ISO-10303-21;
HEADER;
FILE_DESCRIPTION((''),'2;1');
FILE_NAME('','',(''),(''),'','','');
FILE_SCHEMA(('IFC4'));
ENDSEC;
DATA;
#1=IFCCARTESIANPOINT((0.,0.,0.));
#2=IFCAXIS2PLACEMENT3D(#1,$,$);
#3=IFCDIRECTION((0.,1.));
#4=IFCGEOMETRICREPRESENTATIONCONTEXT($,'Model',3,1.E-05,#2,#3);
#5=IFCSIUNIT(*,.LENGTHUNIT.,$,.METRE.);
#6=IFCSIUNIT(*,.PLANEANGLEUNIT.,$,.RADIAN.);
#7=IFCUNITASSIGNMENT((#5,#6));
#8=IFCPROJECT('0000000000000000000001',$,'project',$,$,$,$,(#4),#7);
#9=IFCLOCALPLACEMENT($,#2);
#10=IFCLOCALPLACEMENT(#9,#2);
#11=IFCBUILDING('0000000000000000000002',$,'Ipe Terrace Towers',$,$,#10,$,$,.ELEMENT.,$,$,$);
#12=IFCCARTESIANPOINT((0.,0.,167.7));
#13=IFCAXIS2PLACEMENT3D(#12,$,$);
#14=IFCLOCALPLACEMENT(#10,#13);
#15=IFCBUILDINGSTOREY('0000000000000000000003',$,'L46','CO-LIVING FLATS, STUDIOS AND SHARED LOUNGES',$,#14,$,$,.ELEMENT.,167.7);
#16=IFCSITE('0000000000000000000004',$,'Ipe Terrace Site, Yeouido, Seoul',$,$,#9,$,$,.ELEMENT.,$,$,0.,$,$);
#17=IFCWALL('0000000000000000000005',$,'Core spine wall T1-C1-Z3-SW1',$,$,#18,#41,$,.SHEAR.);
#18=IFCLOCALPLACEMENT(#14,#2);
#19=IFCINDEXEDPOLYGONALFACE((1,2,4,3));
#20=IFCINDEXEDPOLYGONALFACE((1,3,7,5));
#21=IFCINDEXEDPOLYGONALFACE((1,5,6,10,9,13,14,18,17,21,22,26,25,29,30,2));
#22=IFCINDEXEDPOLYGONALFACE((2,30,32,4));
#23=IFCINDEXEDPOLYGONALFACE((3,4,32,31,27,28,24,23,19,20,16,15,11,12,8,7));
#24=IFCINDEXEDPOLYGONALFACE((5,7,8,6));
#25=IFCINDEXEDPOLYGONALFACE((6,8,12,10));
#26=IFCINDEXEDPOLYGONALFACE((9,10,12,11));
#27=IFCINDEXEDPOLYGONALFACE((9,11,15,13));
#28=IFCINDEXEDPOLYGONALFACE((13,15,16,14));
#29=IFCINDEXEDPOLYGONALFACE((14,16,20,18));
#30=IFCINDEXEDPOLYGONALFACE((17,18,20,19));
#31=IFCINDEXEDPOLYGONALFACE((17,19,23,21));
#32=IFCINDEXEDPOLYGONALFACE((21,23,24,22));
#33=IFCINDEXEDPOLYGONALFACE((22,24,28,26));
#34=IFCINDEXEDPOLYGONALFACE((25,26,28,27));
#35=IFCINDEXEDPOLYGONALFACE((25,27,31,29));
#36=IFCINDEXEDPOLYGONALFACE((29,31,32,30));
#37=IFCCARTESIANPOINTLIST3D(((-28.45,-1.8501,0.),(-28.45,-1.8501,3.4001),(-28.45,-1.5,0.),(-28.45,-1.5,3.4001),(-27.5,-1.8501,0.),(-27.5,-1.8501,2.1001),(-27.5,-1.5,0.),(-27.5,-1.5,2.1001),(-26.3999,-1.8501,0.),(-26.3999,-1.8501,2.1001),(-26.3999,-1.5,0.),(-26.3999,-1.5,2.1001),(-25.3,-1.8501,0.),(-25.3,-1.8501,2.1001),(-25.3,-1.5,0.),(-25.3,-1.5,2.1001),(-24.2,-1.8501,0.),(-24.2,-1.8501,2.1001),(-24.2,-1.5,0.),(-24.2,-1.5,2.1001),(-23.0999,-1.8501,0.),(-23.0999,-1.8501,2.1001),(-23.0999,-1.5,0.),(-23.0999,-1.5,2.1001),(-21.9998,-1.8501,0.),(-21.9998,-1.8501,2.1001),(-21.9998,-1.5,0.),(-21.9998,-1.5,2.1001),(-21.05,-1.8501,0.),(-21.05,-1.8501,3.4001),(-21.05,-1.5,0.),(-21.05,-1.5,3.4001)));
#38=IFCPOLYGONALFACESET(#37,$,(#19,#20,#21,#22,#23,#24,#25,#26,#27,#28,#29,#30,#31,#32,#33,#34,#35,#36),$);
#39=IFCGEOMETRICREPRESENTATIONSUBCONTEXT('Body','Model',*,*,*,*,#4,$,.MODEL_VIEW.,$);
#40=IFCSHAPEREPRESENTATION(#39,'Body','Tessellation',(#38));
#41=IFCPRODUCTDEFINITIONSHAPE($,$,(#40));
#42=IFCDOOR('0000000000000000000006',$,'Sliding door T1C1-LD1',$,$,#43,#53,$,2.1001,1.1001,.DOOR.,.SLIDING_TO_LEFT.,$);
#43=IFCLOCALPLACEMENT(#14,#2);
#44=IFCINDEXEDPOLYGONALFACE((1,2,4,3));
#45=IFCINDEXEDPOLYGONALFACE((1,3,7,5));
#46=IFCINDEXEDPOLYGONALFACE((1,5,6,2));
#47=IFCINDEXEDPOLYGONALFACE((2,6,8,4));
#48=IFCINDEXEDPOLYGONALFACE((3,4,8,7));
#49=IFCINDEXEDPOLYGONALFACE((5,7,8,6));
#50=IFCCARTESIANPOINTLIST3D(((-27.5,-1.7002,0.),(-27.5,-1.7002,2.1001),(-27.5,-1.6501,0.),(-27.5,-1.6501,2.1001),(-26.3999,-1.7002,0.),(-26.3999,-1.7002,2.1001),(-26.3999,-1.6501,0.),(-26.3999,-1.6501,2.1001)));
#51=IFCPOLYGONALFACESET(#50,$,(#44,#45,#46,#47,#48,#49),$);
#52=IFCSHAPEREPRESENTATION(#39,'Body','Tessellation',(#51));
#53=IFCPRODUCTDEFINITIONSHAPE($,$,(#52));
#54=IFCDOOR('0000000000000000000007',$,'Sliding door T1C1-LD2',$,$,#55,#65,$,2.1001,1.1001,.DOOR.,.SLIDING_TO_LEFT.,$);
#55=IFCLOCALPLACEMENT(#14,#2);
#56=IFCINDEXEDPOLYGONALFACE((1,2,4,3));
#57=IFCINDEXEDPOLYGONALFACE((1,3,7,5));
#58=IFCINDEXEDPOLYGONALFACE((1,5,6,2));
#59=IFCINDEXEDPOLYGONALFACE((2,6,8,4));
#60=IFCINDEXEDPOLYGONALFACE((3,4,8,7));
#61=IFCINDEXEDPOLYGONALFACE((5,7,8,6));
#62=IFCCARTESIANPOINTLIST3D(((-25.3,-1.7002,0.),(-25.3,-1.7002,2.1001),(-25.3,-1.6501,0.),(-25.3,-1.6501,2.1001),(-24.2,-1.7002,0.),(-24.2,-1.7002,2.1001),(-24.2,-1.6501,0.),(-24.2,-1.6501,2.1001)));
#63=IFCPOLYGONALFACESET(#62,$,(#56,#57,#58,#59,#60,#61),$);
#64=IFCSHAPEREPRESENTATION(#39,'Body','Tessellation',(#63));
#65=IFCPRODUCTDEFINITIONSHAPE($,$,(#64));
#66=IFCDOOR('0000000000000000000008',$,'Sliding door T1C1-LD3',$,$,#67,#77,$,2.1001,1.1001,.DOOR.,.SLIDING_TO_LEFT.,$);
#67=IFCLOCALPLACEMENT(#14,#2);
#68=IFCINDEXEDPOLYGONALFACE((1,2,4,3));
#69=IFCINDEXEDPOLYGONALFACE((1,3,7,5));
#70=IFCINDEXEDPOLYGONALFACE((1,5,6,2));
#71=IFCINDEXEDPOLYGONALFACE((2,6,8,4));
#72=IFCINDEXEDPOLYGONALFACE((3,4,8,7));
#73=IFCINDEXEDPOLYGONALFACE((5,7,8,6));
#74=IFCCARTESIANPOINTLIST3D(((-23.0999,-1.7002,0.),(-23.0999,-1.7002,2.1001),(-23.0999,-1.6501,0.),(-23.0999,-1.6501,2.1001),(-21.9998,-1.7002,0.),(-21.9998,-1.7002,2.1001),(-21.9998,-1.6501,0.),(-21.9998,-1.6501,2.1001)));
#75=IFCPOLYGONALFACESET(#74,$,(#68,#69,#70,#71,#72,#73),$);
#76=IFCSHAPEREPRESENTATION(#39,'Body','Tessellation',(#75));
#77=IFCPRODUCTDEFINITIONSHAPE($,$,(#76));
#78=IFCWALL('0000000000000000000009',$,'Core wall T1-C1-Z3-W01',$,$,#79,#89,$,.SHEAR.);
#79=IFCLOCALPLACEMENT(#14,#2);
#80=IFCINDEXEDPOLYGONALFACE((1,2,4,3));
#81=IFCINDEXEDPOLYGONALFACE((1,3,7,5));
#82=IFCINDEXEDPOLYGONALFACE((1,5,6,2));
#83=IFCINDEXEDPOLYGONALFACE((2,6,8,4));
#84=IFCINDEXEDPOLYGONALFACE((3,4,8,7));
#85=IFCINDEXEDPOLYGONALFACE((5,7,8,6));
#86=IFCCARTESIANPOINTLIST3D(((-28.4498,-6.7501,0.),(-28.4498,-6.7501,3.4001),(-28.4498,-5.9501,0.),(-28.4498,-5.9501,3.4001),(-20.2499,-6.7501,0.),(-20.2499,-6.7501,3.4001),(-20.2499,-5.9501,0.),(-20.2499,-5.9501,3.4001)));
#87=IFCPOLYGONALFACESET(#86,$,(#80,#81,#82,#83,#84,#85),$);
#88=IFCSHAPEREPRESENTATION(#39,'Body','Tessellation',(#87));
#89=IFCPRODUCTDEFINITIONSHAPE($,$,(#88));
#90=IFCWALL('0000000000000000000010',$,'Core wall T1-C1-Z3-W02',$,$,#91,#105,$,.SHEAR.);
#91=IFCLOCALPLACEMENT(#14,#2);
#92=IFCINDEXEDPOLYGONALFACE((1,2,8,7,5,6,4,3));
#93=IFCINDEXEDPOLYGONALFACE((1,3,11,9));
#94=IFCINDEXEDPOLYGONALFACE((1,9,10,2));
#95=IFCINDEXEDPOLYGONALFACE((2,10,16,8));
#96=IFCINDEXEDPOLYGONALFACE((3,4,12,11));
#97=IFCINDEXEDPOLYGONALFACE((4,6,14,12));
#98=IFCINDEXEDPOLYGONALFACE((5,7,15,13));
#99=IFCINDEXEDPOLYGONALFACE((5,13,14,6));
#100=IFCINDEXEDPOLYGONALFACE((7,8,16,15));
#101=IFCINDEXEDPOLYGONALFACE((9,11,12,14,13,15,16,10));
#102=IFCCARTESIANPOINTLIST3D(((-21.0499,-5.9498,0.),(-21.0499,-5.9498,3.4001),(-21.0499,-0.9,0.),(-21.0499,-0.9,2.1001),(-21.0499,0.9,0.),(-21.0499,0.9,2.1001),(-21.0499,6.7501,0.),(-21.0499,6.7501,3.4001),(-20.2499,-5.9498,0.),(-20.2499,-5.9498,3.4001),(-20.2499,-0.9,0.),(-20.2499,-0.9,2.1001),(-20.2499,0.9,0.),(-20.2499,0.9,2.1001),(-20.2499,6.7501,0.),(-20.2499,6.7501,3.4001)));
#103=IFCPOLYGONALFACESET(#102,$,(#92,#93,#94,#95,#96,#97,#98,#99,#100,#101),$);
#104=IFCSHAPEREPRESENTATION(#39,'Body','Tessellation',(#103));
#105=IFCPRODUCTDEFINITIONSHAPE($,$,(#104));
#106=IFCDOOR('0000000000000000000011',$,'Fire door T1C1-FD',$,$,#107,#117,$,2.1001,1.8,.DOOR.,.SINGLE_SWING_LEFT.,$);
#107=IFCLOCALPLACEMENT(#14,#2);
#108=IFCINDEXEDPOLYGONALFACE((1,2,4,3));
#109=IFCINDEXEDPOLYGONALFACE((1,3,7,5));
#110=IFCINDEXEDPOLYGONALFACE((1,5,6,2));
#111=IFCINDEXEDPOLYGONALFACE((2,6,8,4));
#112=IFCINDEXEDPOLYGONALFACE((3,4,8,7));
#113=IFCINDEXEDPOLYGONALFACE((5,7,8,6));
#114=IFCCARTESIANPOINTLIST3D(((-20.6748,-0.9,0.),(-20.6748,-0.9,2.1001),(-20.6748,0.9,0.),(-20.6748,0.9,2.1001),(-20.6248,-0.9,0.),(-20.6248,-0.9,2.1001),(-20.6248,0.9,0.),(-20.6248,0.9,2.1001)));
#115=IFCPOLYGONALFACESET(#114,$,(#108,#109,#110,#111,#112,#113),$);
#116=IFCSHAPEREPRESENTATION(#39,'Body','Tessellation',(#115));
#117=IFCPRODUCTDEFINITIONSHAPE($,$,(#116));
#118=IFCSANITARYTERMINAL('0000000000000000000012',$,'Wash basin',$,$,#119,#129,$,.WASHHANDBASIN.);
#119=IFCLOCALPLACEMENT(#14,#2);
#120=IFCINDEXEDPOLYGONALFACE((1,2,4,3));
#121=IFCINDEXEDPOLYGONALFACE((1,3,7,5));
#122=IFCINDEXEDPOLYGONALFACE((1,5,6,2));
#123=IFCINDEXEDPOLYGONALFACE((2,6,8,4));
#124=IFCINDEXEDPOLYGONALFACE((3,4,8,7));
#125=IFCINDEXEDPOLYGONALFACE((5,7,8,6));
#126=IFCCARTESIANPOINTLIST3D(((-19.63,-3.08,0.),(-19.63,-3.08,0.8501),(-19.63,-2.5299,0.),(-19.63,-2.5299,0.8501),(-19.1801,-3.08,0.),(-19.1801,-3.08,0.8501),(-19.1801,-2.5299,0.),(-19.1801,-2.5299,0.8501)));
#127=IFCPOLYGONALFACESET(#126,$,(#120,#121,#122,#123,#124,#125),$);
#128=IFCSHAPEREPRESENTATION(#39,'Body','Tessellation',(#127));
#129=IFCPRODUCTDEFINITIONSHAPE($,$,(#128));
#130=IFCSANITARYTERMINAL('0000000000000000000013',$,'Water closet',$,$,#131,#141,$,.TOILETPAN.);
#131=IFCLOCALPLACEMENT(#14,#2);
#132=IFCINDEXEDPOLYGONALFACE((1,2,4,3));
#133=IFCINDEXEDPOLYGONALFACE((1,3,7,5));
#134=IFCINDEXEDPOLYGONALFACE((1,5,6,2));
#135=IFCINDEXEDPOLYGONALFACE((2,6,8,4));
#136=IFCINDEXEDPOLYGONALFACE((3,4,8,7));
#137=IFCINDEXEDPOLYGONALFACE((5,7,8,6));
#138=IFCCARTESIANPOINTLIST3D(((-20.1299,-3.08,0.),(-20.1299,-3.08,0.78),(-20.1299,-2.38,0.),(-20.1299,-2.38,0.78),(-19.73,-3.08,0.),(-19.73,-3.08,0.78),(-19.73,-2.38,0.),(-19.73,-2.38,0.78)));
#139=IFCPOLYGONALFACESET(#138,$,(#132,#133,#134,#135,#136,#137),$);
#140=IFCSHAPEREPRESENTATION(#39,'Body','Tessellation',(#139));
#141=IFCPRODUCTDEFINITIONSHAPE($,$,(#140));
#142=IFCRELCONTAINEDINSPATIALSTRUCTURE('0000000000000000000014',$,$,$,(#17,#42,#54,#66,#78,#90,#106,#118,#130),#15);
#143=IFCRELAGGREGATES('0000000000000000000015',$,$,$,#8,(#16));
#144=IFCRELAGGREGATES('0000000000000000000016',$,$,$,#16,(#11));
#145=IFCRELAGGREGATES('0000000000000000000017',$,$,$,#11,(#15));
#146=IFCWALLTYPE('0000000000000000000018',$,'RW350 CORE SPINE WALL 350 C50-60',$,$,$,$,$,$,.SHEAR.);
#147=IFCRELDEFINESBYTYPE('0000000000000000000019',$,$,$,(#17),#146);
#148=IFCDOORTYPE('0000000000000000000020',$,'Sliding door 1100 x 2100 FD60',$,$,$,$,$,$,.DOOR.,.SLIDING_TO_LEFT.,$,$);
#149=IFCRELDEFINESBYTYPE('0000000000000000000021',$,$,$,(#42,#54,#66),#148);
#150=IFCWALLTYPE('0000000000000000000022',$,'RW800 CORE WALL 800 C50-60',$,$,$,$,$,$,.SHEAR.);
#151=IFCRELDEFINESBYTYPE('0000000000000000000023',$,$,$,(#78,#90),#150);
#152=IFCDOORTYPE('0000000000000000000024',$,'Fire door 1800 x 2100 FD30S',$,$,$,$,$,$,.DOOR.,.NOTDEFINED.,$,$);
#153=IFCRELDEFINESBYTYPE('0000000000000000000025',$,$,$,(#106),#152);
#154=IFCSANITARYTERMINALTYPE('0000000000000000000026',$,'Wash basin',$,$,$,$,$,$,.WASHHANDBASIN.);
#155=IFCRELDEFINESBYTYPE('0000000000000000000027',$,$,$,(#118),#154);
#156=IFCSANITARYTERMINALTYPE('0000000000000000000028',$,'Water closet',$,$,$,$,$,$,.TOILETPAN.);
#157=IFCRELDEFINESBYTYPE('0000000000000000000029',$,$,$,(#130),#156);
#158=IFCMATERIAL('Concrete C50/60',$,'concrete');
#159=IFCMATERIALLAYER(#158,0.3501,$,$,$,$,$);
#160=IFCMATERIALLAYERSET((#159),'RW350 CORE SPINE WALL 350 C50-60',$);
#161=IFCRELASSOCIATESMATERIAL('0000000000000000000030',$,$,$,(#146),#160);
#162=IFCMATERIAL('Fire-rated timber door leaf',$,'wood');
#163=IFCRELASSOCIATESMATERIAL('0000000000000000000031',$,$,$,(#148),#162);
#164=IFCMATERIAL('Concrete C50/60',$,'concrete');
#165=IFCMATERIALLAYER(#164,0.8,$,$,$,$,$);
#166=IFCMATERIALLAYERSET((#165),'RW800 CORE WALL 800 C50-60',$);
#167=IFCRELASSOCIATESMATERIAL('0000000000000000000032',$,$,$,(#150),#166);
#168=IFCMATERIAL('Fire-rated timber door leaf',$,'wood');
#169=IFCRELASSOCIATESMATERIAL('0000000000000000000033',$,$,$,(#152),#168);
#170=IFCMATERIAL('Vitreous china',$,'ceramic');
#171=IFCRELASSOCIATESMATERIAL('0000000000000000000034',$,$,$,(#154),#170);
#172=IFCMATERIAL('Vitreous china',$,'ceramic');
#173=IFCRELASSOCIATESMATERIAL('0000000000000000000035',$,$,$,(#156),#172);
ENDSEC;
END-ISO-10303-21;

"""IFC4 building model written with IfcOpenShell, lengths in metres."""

from ifc_helpers import new_model, si_unit, direction, frame, frame_2d, origin, origin_2d, place, context, subcontext, project, spatial, rectangle, extrude, material, layer, layer_set, type_object, element, fill, save


model = new_model("IFC4")

# Units and contexts
model_context = context("Model", 3, precision=1e-05, world=origin(), true_north=direction((0.0, 1.0)))
body_context = subcontext(model_context, "Body", "Model", "MODEL_VIEW")
ifc_project = project(units=[si_unit("LENGTHUNIT", "METRE"), si_unit("PLANEANGLEUNIT", "RADIAN")], contexts=[model_context])

# Site, building, storey
site_placement = place(None, origin())
site = spatial("IfcSite", under=ifc_project, at=site_placement, Name="Ipe Terrace Site, Yeouido, Seoul", CompositionType="ELEMENT", RefElevation=0.0)
building_placement = place(site_placement, origin())
building = spatial("IfcBuilding", under=site, at=building_placement, Name="Ipe Terrace Towers", CompositionType="ELEMENT")
storey_placement = place(building_placement, frame((0.0, 0.0, 167.7)))
storey = spatial("IfcBuildingStorey", under=building, at=storey_placement, Name="L46", Description="CO-LIVING FLATS, STUDIOS AND SHARED LOUNGES", CompositionType="ELEMENT", Elevation=167.7)

# Wall, openings, doors
ifc_material_1 = material(Name="Concrete C50/60", Category="concrete")
ifc_layer_1 = layer(ifc_material_1, 0.3501)
ifc_layer_set_1 = layer_set([ifc_layer_1], Name="RW350 CORE SPINE WALL 350 C50-60")
wall_type_1 = type_object("IfcWallType", Name="RW350 CORE SPINE WALL 350 C50-60", PredefinedType="SHEAR", material=ifc_layer_set_1)
wall_1_placement = place(storey_placement, frame((-28.45, -1.675, 0.0), z_axis=(0.0, 0.0, 1.0), x_axis=(1.0, 0.0, 0.0)))
wall_1 = element("IfcWall", 1, at=wall_1_placement, inside=storey, type_object=wall_type_1, Name="Core spine wall T1-C1-Z3-SW1", PredefinedType="SHEAR", context=body_context, shape_type="SweptSolid", body=[
    extrude(rectangle(XDim=7.3999, YDim=0.3501, at=frame_2d((3.7, 0.0))), origin(), (0.0, 0.0, 1.0), 3.4001),
])
opening_1_placement = place(wall_1_placement, frame((0.95, 0.0, 0.0)))
opening_1 = element("IfcOpeningElement", 2, at=opening_1_placement, cuts=wall_1, PredefinedType="OPENING", context=body_context, shape_type="SweptSolid", body=[
    extrude(rectangle(XDim=1.1001, YDim=2.1001, at=frame_2d((0.55, 1.05))), frame((0.0, 0.1851, 0.0), z_axis=(0.0, -1.0, 0.0), x_axis=(1.0, 0.0, 0.0)), (0.0, 0.0, 1.0), 0.3701),
])
opening_2_placement = place(wall_1_placement, frame((3.1499, 0.0, 0.0)))
opening_2 = element("IfcOpeningElement", 3, at=opening_2_placement, cuts=wall_1, PredefinedType="OPENING", context=body_context, shape_type="SweptSolid", body=[
    extrude(rectangle(XDim=1.1001, YDim=2.1001, at=frame_2d((0.55, 1.05))), frame((0.0, 0.1851, 0.0), z_axis=(0.0, -1.0, 0.0), x_axis=(1.0, 0.0, 0.0)), (0.0, 0.0, 1.0), 0.3701),
])
opening_3_placement = place(wall_1_placement, frame((5.3501, 0.0, 0.0)))
opening_3 = element("IfcOpeningElement", 4, at=opening_3_placement, cuts=wall_1, PredefinedType="OPENING", context=body_context, shape_type="SweptSolid", body=[
    extrude(rectangle(XDim=1.1001, YDim=2.1001, at=frame_2d((0.55, 1.05))), frame((0.0, 0.1851, 0.0), z_axis=(0.0, -1.0, 0.0), x_axis=(1.0, 0.0, 0.0)), (0.0, 0.0, 1.0), 0.3701),
])
ifc_material_2 = material(Name="Fire-rated timber door leaf", Category="wood")
door_type_1 = type_object("IfcDoorType", Name="Sliding door 1100 x 2100 FD60", OperationType="SLIDING_TO_LEFT", PredefinedType="DOOR", material=ifc_material_2)
door_1_placement = place(opening_1_placement, origin())
door_1 = element("IfcDoor", 5, at=door_1_placement, inside=storey, type_object=door_type_1, Name="Sliding door T1C1-LD1", OperationType="SLIDING_TO_LEFT", OverallHeight=2.1001, OverallWidth=1.1001, PredefinedType="DOOR", context=body_context, shape_type="SweptSolid", body=[
    extrude(rectangle(XDim=1.1001, YDim=2.1001, at=frame_2d((0.55, 1.05))), frame((0.0, 0.0249, 0.0), z_axis=(0.0, -1.0, 0.0), x_axis=(1.0, 0.0, 0.0)), (0.0, 0.0, 1.0), 0.05),
])
fill(opening_1, door_1)
door_2_placement = place(opening_2_placement, origin())
door_2 = element("IfcDoor", 6, at=door_2_placement, inside=storey, type_object=door_type_1, Name="Sliding door T1C1-LD2", OperationType="SLIDING_TO_LEFT", OverallHeight=2.1001, OverallWidth=1.1001, PredefinedType="DOOR", context=body_context, shape_type="SweptSolid", body=[
    extrude(rectangle(XDim=1.1001, YDim=2.1001, at=frame_2d((0.55, 1.05))), frame((0.0, 0.0249, 0.0), z_axis=(0.0, -1.0, 0.0), x_axis=(1.0, 0.0, 0.0)), (0.0, 0.0, 1.0), 0.05),
])
fill(opening_2, door_2)
door_3_placement = place(opening_3_placement, origin())
door_3 = element("IfcDoor", 7, at=door_3_placement, inside=storey, type_object=door_type_1, Name="Sliding door T1C1-LD3", OperationType="SLIDING_TO_LEFT", OverallHeight=2.1001, OverallWidth=1.1001, PredefinedType="DOOR", context=body_context, shape_type="SweptSolid", body=[
    extrude(rectangle(XDim=1.1001, YDim=2.1001, at=frame_2d((0.55, 1.05))), frame((0.0, 0.0249, 0.0), z_axis=(0.0, -1.0, 0.0), x_axis=(1.0, 0.0, 0.0)), (0.0, 0.0, 1.0), 0.05),
])
fill(opening_3, door_3)

# Wall
ifc_material_3 = material(Name="Concrete C50/60", Category="concrete")
ifc_layer_2 = layer(ifc_material_3, 0.8)
ifc_layer_set_2 = layer_set([ifc_layer_2], Name="RW800 CORE WALL 800 C50-60")
wall_type_2 = type_object("IfcWallType", Name="RW800 CORE WALL 800 C50-60", PredefinedType="SHEAR", material=ifc_layer_set_2)
wall_2_placement = place(storey_placement, frame((-28.45, -6.3501, 0.0), z_axis=(0.0, 0.0, 1.0), x_axis=(1.0, 0.0, 0.0)))
element("IfcWall", 8, at=wall_2_placement, inside=storey, type_object=wall_type_2, Name="Core wall T1-C1-Z3-W01", PredefinedType="SHEAR", context=body_context, shape_type="SweptSolid", body=[
    extrude(rectangle(XDim=8.2, YDim=0.8, at=frame_2d((4.1001, 0.0))), origin(), (0.0, 0.0, 1.0), 3.4001),
])

# Wall, opening, door
wall_3_placement = place(storey_placement, frame((-20.6499, -5.95, 0.0), z_axis=(0.0, 0.0, 1.0), x_axis=(0.0, 1.0, 0.0)))
wall_3 = element("IfcWall", 9, at=wall_3_placement, inside=storey, type_object=wall_type_2, Name="Core wall T1-C1-Z3-W02", PredefinedType="SHEAR", context=body_context, shape_type="SweptSolid", body=[
    extrude(rectangle(XDim=12.7, YDim=0.8, at=frame_2d((6.3501, 0.0))), origin(), (0.0, 0.0, 1.0), 3.4001),
])
opening_4_placement = place(wall_3_placement, frame((5.05, 0.0, 0.0)))
opening_4 = element("IfcOpeningElement", 10, at=opening_4_placement, cuts=wall_3, PredefinedType="OPENING", context=body_context, shape_type="SweptSolid", body=[
    extrude(rectangle(XDim=1.8, YDim=2.1001, at=frame_2d((0.8999, 1.05))), frame((0.0, 0.4102, 0.0), z_axis=(0.0, -1.0, 0.0), x_axis=(1.0, 0.0, 0.0)), (0.0, 0.0, 1.0), 0.8201),
])
ifc_material_4 = material(Name="Fire-rated timber door leaf", Category="wood")
door_type_2 = type_object("IfcDoorType", Name="Fire door 1800 x 2100 FD30S", OperationType="NOTDEFINED", PredefinedType="DOOR", material=ifc_material_4)
door_4_placement = place(opening_4_placement, origin())
door_4 = element("IfcDoor", 11, at=door_4_placement, inside=storey, type_object=door_type_2, Name="Fire door T1C1-FD", OperationType="SINGLE_SWING_LEFT", OverallHeight=2.1001, OverallWidth=1.8, PredefinedType="DOOR", context=body_context, shape_type="SweptSolid", body=[
    extrude(rectangle(XDim=1.8, YDim=2.1001, at=frame_2d((0.8999, 1.05))), frame((0.0, 0.0249, 0.0), z_axis=(0.0, -1.0, 0.0), x_axis=(1.0, 0.0, 0.0)), (0.0, 0.0, 1.0), 0.05),
])
fill(opening_4, door_4)

# Sanitary terminals
ifc_material_5 = material(Name="Vitreous china", Category="ceramic")
sanitary_terminal_type_1 = type_object("IfcSanitaryTerminalType", Name="Wash basin", PredefinedType="WASHHANDBASIN", material=ifc_material_5)
sanitary_terminal_1_placement = place(storey_placement, frame((-19.405, -2.8049, 0.0), z_axis=(0.0, 0.0, 1.0), x_axis=(0.0, 1.0, 0.0)))
element("IfcSanitaryTerminal", 12, at=sanitary_terminal_1_placement, inside=storey, type_object=sanitary_terminal_type_1, Name="Wash basin", PredefinedType="WASHHANDBASIN", context=body_context, shape_type="SweptSolid", body=[
    extrude(rectangle(XDim=0.55, YDim=0.45, at=origin_2d()), origin(), (0.0, 0.0, 1.0), 0.8501),
])
ifc_material_6 = material(Name="Vitreous china", Category="ceramic")
sanitary_terminal_type_2 = type_object("IfcSanitaryTerminalType", Name="Water closet", PredefinedType="TOILETPAN", material=ifc_material_6)
sanitary_terminal_2_placement = place(storey_placement, frame((-19.9299, -2.73, 0.0), z_axis=(0.0, 0.0, 1.0), x_axis=(0.0, 1.0, 0.0)))
element("IfcSanitaryTerminal", 13, at=sanitary_terminal_2_placement, inside=storey, type_object=sanitary_terminal_type_2, Name="Water closet", PredefinedType="TOILETPAN", context=body_context, shape_type="SweptSolid", body=[
    extrude(rectangle(XDim=0.7, YDim=0.3999, at=origin_2d()), origin(), (0.0, 0.0, 1.0), 0.78),
])

save(model, "model.ifc")
